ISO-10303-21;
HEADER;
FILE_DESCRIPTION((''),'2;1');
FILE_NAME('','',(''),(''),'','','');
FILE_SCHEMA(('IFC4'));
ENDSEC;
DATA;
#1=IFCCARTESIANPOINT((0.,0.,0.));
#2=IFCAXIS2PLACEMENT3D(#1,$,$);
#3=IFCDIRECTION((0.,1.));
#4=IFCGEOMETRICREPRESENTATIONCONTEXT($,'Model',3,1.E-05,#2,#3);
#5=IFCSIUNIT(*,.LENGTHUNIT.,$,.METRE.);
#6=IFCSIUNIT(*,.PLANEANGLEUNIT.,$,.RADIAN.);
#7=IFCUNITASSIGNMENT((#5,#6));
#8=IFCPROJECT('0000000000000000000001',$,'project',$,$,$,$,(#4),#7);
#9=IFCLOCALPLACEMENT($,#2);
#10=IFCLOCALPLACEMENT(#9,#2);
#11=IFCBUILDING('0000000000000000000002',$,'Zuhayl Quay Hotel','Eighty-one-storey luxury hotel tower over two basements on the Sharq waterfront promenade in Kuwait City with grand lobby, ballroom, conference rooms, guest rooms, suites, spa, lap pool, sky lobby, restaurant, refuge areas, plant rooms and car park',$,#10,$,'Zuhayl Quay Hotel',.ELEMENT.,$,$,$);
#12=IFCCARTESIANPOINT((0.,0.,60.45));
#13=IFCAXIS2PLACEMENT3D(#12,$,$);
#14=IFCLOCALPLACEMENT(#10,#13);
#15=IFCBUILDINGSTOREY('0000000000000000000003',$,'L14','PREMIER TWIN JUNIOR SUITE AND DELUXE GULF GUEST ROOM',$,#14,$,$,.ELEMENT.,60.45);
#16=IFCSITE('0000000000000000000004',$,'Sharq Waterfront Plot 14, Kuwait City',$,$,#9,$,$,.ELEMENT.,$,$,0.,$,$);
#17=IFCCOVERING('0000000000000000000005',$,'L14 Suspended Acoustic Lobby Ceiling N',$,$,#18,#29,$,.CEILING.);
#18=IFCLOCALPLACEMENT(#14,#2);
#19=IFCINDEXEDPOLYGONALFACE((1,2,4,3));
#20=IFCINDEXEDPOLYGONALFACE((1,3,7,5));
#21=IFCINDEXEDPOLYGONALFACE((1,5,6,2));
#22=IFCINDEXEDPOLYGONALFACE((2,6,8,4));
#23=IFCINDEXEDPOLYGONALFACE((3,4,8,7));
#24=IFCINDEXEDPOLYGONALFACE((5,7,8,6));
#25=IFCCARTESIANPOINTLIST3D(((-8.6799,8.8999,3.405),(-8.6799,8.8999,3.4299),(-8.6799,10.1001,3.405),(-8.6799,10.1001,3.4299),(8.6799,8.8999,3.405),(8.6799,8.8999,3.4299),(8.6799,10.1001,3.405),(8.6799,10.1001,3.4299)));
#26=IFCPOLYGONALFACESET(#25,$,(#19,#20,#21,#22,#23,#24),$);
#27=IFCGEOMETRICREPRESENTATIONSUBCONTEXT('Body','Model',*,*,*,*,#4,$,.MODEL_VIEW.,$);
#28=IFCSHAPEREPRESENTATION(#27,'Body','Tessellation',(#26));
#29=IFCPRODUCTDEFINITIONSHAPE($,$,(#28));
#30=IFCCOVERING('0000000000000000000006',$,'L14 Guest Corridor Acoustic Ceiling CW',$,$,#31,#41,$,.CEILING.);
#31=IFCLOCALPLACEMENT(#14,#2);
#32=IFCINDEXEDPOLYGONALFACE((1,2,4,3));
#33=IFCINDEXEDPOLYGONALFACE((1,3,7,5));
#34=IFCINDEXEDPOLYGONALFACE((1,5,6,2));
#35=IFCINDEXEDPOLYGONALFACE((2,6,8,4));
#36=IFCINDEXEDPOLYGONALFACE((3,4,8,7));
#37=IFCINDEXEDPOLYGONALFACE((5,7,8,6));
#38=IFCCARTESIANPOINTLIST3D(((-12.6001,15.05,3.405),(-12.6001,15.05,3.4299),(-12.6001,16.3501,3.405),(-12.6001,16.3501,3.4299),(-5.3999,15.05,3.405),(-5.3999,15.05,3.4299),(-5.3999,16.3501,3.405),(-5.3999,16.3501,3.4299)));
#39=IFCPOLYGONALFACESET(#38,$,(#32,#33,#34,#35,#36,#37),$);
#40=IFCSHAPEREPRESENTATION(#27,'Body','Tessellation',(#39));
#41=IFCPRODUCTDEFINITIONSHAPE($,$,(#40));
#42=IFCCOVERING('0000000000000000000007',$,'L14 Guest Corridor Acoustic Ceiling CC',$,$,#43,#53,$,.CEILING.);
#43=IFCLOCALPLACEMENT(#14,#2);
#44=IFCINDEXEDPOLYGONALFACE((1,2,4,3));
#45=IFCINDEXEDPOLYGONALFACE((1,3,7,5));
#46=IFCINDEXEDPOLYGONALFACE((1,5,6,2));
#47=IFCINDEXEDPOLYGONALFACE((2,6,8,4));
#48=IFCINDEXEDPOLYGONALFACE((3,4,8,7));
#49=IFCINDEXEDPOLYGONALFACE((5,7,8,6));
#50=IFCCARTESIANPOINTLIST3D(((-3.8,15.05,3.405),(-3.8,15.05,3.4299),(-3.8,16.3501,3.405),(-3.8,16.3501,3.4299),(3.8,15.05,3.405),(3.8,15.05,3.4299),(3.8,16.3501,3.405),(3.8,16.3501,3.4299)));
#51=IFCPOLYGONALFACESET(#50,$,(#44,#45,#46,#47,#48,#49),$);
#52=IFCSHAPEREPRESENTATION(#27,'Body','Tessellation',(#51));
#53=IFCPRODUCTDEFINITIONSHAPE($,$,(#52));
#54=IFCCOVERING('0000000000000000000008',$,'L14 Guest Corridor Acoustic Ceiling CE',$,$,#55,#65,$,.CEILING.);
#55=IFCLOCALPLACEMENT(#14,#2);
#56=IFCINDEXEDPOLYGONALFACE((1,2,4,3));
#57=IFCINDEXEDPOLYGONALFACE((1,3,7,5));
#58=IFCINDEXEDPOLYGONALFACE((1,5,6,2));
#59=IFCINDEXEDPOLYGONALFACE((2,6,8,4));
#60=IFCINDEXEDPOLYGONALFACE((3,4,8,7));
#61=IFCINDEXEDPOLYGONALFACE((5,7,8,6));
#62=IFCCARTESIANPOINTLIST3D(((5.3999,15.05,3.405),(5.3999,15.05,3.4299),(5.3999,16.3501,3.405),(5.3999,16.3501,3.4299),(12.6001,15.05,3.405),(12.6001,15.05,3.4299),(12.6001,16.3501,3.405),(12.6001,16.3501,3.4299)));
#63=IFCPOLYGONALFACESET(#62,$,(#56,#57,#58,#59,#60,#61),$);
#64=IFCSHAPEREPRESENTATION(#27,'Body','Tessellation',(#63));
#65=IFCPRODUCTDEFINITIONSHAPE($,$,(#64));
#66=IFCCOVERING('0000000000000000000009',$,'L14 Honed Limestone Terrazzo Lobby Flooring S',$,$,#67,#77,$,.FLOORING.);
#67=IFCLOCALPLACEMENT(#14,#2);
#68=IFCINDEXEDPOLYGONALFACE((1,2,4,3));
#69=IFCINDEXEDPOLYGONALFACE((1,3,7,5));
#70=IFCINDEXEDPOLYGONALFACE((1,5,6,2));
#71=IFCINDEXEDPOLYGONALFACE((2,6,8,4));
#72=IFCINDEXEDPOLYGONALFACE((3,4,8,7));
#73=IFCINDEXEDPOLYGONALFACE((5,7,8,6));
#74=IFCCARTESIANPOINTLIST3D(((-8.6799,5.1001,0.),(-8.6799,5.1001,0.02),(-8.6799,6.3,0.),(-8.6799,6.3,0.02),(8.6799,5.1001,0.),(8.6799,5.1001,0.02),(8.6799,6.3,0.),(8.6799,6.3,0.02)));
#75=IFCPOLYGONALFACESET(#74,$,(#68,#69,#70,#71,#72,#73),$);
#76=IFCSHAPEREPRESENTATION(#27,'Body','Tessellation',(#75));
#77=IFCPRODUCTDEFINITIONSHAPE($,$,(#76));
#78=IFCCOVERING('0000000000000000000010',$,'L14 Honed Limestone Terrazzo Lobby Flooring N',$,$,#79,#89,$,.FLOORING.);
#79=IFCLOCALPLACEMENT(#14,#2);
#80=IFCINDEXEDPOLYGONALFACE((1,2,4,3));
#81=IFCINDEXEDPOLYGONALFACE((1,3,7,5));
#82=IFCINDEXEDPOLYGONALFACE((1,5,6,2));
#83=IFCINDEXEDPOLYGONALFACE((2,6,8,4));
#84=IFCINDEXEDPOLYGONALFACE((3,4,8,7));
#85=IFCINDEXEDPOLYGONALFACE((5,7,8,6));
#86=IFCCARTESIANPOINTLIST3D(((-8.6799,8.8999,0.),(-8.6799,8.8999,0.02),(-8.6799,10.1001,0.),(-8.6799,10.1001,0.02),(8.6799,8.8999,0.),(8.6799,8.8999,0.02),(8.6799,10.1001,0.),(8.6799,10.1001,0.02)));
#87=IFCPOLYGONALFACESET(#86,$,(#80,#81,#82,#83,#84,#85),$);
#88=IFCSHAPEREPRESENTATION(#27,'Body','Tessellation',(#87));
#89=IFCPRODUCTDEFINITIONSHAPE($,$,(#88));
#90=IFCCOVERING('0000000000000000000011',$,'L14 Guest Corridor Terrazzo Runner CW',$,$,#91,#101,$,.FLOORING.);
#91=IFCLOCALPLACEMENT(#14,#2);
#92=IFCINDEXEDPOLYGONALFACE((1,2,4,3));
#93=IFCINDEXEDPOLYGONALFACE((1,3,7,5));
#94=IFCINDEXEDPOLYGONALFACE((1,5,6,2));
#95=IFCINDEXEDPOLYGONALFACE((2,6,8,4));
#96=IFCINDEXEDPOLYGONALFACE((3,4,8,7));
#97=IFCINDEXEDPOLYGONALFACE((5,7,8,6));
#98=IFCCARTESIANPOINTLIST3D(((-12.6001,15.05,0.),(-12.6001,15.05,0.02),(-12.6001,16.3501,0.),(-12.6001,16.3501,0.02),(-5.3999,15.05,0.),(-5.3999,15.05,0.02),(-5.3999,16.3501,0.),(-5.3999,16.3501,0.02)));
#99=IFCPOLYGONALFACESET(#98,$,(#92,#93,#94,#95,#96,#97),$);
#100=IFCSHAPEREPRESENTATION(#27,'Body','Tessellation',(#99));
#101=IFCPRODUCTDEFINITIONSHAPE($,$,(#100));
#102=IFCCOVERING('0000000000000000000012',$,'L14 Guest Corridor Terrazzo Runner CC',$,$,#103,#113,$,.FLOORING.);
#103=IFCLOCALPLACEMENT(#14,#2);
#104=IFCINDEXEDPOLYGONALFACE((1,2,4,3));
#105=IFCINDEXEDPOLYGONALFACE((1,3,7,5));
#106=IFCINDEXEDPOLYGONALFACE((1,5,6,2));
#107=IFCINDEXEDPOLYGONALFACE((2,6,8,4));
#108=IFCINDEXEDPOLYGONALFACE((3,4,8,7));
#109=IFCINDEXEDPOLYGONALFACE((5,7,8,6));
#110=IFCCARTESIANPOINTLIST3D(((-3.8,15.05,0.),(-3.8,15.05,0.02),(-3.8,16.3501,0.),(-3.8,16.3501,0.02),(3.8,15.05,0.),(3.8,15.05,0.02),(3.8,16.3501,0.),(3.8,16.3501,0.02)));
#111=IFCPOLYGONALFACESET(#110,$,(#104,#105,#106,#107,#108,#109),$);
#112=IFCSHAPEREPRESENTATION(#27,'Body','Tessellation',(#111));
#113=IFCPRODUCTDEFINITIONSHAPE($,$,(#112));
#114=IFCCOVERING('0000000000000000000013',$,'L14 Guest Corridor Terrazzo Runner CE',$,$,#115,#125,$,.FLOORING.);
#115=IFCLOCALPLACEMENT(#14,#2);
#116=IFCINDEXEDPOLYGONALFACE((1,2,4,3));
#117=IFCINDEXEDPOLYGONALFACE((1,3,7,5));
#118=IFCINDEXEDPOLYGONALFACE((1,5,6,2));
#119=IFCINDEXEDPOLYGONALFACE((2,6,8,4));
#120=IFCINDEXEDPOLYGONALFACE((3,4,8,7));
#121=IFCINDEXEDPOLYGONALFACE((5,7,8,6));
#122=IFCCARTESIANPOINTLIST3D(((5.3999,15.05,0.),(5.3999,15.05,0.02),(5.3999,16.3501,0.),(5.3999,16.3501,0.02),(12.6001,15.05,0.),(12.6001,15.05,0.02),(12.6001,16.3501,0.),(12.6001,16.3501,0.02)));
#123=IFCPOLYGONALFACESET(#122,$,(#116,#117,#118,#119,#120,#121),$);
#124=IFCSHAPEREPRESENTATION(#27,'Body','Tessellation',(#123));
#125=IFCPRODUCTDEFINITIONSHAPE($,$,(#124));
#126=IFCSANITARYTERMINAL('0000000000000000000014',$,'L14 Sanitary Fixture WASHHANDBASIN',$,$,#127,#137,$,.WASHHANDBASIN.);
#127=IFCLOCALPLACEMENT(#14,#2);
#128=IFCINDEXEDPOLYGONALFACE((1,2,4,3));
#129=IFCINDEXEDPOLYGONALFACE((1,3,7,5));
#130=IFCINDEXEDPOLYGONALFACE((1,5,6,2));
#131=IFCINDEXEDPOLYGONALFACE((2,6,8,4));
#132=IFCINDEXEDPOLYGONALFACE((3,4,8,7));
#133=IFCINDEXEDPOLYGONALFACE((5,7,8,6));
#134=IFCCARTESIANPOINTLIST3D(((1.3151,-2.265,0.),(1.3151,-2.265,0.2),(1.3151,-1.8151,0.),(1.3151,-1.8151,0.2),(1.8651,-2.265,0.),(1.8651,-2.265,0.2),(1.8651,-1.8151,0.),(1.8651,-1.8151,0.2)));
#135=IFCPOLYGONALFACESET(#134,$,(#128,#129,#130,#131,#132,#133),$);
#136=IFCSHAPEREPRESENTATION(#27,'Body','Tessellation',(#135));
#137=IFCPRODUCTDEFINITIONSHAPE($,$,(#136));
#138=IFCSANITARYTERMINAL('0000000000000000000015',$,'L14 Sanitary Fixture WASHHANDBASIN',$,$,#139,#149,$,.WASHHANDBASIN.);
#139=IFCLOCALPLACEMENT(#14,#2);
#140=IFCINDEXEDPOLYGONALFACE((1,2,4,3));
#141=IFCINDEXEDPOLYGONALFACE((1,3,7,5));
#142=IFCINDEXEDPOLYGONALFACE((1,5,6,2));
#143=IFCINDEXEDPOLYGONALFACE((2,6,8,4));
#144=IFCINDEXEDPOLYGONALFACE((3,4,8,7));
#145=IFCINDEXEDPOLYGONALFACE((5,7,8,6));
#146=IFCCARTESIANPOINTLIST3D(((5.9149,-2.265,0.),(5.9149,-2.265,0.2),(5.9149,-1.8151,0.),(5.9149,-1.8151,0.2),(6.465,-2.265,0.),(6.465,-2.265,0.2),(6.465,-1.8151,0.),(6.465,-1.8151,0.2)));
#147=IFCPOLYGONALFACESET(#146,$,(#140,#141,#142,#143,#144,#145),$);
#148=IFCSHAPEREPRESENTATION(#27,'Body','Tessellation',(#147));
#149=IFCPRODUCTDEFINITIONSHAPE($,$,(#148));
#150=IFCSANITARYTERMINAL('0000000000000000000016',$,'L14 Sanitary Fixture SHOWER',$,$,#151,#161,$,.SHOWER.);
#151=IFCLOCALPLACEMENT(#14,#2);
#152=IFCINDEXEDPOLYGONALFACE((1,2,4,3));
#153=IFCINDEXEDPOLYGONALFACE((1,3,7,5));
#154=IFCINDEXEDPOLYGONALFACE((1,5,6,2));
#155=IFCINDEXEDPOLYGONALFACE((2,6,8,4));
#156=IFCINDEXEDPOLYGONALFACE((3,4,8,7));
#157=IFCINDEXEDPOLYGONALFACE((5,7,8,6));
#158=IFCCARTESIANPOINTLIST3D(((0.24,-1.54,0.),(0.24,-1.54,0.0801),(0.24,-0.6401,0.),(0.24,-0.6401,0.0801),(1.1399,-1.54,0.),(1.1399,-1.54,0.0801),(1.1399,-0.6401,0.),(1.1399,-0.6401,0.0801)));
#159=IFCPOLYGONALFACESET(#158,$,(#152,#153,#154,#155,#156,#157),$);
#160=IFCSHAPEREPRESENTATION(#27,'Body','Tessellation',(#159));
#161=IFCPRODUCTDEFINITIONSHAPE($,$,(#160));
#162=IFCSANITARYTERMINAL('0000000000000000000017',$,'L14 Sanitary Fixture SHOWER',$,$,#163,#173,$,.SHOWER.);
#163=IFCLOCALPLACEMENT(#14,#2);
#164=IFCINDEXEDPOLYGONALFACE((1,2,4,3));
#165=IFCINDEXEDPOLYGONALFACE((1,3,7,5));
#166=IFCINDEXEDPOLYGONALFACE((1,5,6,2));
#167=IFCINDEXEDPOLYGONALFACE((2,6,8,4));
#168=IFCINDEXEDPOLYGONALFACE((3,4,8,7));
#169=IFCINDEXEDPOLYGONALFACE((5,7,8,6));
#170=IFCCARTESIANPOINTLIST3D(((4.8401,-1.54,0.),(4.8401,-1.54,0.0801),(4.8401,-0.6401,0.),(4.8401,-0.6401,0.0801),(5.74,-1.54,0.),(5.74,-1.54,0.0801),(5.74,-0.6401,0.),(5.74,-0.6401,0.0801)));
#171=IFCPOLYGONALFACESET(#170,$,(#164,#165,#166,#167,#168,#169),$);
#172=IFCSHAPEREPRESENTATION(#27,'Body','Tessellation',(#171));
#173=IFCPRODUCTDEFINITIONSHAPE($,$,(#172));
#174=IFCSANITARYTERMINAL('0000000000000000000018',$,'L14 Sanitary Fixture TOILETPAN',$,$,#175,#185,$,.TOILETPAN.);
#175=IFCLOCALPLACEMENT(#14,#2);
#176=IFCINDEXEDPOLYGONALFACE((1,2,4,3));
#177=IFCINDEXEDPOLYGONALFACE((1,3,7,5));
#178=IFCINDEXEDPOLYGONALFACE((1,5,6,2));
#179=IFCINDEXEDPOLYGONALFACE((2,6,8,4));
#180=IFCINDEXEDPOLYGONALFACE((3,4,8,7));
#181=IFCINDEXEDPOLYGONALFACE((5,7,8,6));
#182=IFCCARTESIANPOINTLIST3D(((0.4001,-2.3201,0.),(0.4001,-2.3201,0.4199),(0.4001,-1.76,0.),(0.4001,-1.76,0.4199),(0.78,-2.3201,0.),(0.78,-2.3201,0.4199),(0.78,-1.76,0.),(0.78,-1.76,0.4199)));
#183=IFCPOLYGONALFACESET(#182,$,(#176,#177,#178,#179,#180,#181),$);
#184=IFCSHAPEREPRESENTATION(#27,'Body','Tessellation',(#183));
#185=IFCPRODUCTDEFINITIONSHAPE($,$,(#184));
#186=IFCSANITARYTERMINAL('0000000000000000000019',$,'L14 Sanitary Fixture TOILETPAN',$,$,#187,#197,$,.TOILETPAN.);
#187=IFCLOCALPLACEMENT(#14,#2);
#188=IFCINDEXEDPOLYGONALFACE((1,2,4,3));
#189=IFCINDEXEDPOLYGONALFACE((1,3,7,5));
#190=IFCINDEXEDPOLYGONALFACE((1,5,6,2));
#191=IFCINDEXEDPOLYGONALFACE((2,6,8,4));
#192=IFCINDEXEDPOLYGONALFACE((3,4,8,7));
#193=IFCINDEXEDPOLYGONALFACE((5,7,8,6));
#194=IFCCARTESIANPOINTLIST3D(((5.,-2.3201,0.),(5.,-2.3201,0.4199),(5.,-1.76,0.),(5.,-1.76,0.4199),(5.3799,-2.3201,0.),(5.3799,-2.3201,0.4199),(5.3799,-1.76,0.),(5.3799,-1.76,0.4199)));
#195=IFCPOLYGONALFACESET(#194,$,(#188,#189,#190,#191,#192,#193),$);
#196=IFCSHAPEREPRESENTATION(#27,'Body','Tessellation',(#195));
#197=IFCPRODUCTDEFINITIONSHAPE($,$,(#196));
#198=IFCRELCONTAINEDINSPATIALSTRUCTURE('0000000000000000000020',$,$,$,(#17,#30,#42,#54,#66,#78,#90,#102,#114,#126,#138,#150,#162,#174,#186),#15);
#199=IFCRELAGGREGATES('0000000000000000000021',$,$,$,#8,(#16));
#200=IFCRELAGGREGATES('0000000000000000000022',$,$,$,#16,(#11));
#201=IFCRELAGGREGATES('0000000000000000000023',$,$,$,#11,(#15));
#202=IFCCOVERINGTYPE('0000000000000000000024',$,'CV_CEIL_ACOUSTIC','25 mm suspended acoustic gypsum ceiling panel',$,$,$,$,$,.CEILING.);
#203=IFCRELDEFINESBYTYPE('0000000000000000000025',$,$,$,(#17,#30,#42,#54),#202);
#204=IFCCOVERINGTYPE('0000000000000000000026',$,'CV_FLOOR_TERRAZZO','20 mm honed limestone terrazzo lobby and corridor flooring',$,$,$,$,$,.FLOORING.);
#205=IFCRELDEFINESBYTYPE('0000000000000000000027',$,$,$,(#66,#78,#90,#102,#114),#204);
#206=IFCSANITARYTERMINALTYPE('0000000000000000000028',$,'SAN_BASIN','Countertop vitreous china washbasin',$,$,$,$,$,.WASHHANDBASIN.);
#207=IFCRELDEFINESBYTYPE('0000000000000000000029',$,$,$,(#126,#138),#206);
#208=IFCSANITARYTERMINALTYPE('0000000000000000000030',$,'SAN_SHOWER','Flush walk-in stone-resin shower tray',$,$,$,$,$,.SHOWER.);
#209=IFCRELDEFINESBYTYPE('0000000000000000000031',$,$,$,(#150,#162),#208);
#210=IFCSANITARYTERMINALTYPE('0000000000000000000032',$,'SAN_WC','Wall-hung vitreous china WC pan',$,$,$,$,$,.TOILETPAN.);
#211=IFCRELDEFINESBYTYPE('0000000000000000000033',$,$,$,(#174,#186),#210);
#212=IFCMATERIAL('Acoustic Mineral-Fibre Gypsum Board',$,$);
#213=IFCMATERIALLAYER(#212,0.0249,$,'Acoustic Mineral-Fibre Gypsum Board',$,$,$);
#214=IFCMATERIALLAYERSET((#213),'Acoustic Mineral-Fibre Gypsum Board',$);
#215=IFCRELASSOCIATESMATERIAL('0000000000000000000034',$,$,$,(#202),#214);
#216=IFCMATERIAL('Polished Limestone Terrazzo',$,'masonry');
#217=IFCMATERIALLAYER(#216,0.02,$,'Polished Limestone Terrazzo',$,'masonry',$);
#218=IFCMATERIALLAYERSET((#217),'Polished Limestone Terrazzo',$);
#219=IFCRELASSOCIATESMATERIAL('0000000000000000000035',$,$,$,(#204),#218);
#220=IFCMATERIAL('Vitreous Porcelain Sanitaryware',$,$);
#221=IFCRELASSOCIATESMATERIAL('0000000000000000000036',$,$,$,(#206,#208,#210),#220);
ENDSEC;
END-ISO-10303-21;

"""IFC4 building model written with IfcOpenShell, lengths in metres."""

from ifc_helpers import new_model, si_unit, direction, frame, origin, origin_2d, place, context, subcontext, project, spatial, polyline, rectangle, outline, extrude, material, layer, layer_set, type_object, element, save


model = new_model("IFC4")

# Units and contexts
model_context = context("Model", 3, precision=1e-05, world=origin(), true_north=direction((0.0, 1.0)))
body_context = subcontext(model_context, "Body", "Model", "MODEL_VIEW")
ifc_project = project(units=[si_unit("LENGTHUNIT", "METRE"), si_unit("PLANEANGLEUNIT", "RADIAN")], contexts=[model_context])

# Site, building, storey
site_placement = place(None, origin())
site = spatial("IfcSite", under=ifc_project, at=site_placement, Name="Sharq Waterfront Plot 14, Kuwait City", CompositionType="ELEMENT", RefElevation=0.0)
building_placement = place(site_placement, origin())
building = spatial("IfcBuilding", under=site, at=building_placement, Name="Zuhayl Quay Hotel", Description="Eighty-one-storey luxury hotel tower over two basements on the Sharq waterfront promenade in Kuwait City with grand lobby, ballroom, conference rooms, guest rooms, suites, spa, lap pool, sky lobby, restaurant, refuge areas, plant rooms and car park", LongName="Zuhayl Quay Hotel", CompositionType="ELEMENT")
storey_placement = place(building_placement, frame((0.0, 0.0, 60.45)))
storey = spatial("IfcBuildingStorey", under=building, at=storey_placement, Name="L14", Description="PREMIER TWIN JUNIOR SUITE AND DELUXE GULF GUEST ROOM", CompositionType="ELEMENT", Elevation=60.45)

# Coverings
ifc_material_1 = material(Name="Acoustic Mineral-Fibre Gypsum Board")
ifc_layer_1 = layer(ifc_material_1, 0.0249, Name="Acoustic Mineral-Fibre Gypsum Board")
ifc_layer_set_1 = layer_set([ifc_layer_1], Name="Acoustic Mineral-Fibre Gypsum Board")
covering_type_1 = type_object("IfcCoveringType", Name="CV_CEIL_ACOUSTIC", Description="25 mm suspended acoustic gypsum ceiling panel", PredefinedType="CEILING", material=ifc_layer_set_1)
covering_1_placement = place(storey_placement, frame((0.0, 0.0, 3.405)))
element("IfcCovering", 1, at=covering_1_placement, inside=storey, type_object=covering_type_1, Name="L14 Suspended Acoustic Lobby Ceiling N", PredefinedType="CEILING", context=body_context, shape_type="SweptSolid", body=[
    extrude(outline(polyline([(-8.6799, 8.8999), (8.6799, 8.8999), (8.6799, 10.1001), (-8.6799, 10.1001), (-8.6799, 8.8999)])), origin(), (0.0, 0.0, 1.0), 0.0249),
])
covering_2_placement = place(storey_placement, frame((0.0, 0.0, 3.405)))
element("IfcCovering", 2, at=covering_2_placement, inside=storey, type_object=covering_type_1, Name="L14 Guest Corridor Acoustic Ceiling CW", PredefinedType="CEILING", context=body_context, shape_type="SweptSolid", body=[
    extrude(outline(polyline([(-12.6001, 15.05), (-5.3999, 15.05), (-5.3999, 16.3501), (-12.6001, 16.3501), (-12.6001, 15.05)])), origin(), (0.0, 0.0, 1.0), 0.0249),
])
covering_3_placement = place(storey_placement, frame((0.0, 0.0, 3.405)))
element("IfcCovering", 3, at=covering_3_placement, inside=storey, type_object=covering_type_1, Name="L14 Guest Corridor Acoustic Ceiling CC", PredefinedType="CEILING", context=body_context, shape_type="SweptSolid", body=[
    extrude(outline(polyline([(-3.8, 15.05), (3.8, 15.05), (3.8, 16.3501), (-3.8, 16.3501), (-3.8, 15.05)])), origin(), (0.0, 0.0, 1.0), 0.0249),
])
covering_4_placement = place(storey_placement, frame((0.0, 0.0, 3.405)))
element("IfcCovering", 4, at=covering_4_placement, inside=storey, type_object=covering_type_1, Name="L14 Guest Corridor Acoustic Ceiling CE", PredefinedType="CEILING", context=body_context, shape_type="SweptSolid", body=[
    extrude(outline(polyline([(5.3999, 15.05), (12.6001, 15.05), (12.6001, 16.3501), (5.3999, 16.3501), (5.3999, 15.05)])), origin(), (0.0, 0.0, 1.0), 0.0249),
])
ifc_material_2 = material(Name="Polished Limestone Terrazzo", Category="masonry")
ifc_layer_2 = layer(ifc_material_2, 0.02, Name="Polished Limestone Terrazzo", Category="masonry")
ifc_layer_set_2 = layer_set([ifc_layer_2], Name="Polished Limestone Terrazzo")
covering_type_2 = type_object("IfcCoveringType", Name="CV_FLOOR_TERRAZZO", Description="20 mm honed limestone terrazzo lobby and corridor flooring", PredefinedType="FLOORING", material=ifc_layer_set_2)
covering_5_placement = place(storey_placement, origin())
element("IfcCovering", 5, at=covering_5_placement, inside=storey, type_object=covering_type_2, Name="L14 Honed Limestone Terrazzo Lobby Flooring S", PredefinedType="FLOORING", context=body_context, shape_type="SweptSolid", body=[
    extrude(outline(polyline([(-8.6799, 5.1001), (8.6799, 5.1001), (8.6799, 6.3), (-8.6799, 6.3), (-8.6799, 5.1001)])), origin(), (0.0, 0.0, 1.0), 0.02),
])
covering_6_placement = place(storey_placement, origin())
element("IfcCovering", 6, at=covering_6_placement, inside=storey, type_object=covering_type_2, Name="L14 Honed Limestone Terrazzo Lobby Flooring N", PredefinedType="FLOORING", context=body_context, shape_type="SweptSolid", body=[
    extrude(outline(polyline([(-8.6799, 8.8999), (8.6799, 8.8999), (8.6799, 10.1001), (-8.6799, 10.1001), (-8.6799, 8.8999)])), origin(), (0.0, 0.0, 1.0), 0.02),
])
covering_7_placement = place(storey_placement, origin())
element("IfcCovering", 7, at=covering_7_placement, inside=storey, type_object=covering_type_2, Name="L14 Guest Corridor Terrazzo Runner CW", PredefinedType="FLOORING", context=body_context, shape_type="SweptSolid", body=[
    extrude(outline(polyline([(-12.6001, 15.05), (-5.3999, 15.05), (-5.3999, 16.3501), (-12.6001, 16.3501), (-12.6001, 15.05)])), origin(), (0.0, 0.0, 1.0), 0.02),
])
covering_8_placement = place(storey_placement, origin())
element("IfcCovering", 8, at=covering_8_placement, inside=storey, type_object=covering_type_2, Name="L14 Guest Corridor Terrazzo Runner CC", PredefinedType="FLOORING", context=body_context, shape_type="SweptSolid", body=[
    extrude(outline(polyline([(-3.8, 15.05), (3.8, 15.05), (3.8, 16.3501), (-3.8, 16.3501), (-3.8, 15.05)])), origin(), (0.0, 0.0, 1.0), 0.02),
])
covering_9_placement = place(storey_placement, origin())
element("IfcCovering", 9, at=covering_9_placement, inside=storey, type_object=covering_type_2, Name="L14 Guest Corridor Terrazzo Runner CE", PredefinedType="FLOORING", context=body_context, shape_type="SweptSolid", body=[
    extrude(outline(polyline([(5.3999, 15.05), (12.6001, 15.05), (12.6001, 16.3501), (5.3999, 16.3501), (5.3999, 15.05)])), origin(), (0.0, 0.0, 1.0), 0.02),
])

# Sanitary terminals
ifc_material_3 = material(Name="Vitreous Porcelain Sanitaryware")
sanitary_terminal_type_1 = type_object("IfcSanitaryTerminalType", Name="SAN_BASIN", Description="Countertop vitreous china washbasin", PredefinedType="WASHHANDBASIN", material=ifc_material_3)
for number, where, z_axis, x_axis, name in (
    (10, (1.5901, -2.04, 0.0), (0.0, 0.0, 1.0), (1.0, 0.0, 0.0), "L14 Sanitary Fixture WASHHANDBASIN"),
    (11, (6.1899, -2.04, 0.0), (0.0, 0.0, 1.0), (1.0, 0.0, 0.0), "L14 Sanitary Fixture WASHHANDBASIN"),
):
    element("IfcSanitaryTerminal", number, at=place(storey_placement, frame(where, z_axis=z_axis, x_axis=x_axis)), inside=storey, type_object=sanitary_terminal_type_1, Name=name, PredefinedType="WASHHANDBASIN", context=body_context, shape_type="SweptSolid", body=[
        extrude(rectangle(XDim=0.55, YDim=0.45, at=origin_2d()), origin(), (0.0, 0.0, 1.0), 0.2),
    ])
sanitary_terminal_type_2 = type_object("IfcSanitaryTerminalType", Name="SAN_SHOWER", Description="Flush walk-in stone-resin shower tray", PredefinedType="SHOWER", material=ifc_material_3)
for number, where, z_axis, x_axis, name in (
    (12, (0.6899, -1.0901, 0.0), (0.0, 0.0, 1.0), (1.0, 0.0, 0.0), "L14 Sanitary Fixture SHOWER"),
    (13, (5.29, -1.0901, 0.0), (0.0, 0.0, 1.0), (1.0, 0.0, 0.0), "L14 Sanitary Fixture SHOWER"),
):
    element("IfcSanitaryTerminal", number, at=place(storey_placement, frame(where, z_axis=z_axis, x_axis=x_axis)), inside=storey, type_object=sanitary_terminal_type_2, Name=name, PredefinedType="SHOWER", context=body_context, shape_type="SweptSolid", body=[
        extrude(rectangle(XDim=0.8999, YDim=0.8999, at=origin_2d()), origin(), (0.0, 0.0, 1.0), 0.0801),
    ])
sanitary_terminal_type_3 = type_object("IfcSanitaryTerminalType", Name="SAN_WC", Description="Wall-hung vitreous china WC pan", PredefinedType="TOILETPAN", material=ifc_material_3)
for number, where, z_axis, x_axis, name in (
    (14, (0.5901, -2.04, 0.0), (0.0, 0.0, 1.0), (1.0, 0.0, 0.0), "L14 Sanitary Fixture TOILETPAN"),
    (15, (5.1899, -2.04, 0.0), (0.0, 0.0, 1.0), (1.0, 0.0, 0.0), "L14 Sanitary Fixture TOILETPAN"),
):
    element("IfcSanitaryTerminal", number, at=place(storey_placement, frame(where, z_axis=z_axis, x_axis=x_axis)), inside=storey, type_object=sanitary_terminal_type_3, Name=name, PredefinedType="TOILETPAN", context=body_context, shape_type="SweptSolid", body=[
        extrude(rectangle(XDim=0.3799, YDim=0.5601, at=origin_2d()), origin(), (0.0, 0.0, 1.0), 0.4199),
    ])

save(model, "model.ifc")
